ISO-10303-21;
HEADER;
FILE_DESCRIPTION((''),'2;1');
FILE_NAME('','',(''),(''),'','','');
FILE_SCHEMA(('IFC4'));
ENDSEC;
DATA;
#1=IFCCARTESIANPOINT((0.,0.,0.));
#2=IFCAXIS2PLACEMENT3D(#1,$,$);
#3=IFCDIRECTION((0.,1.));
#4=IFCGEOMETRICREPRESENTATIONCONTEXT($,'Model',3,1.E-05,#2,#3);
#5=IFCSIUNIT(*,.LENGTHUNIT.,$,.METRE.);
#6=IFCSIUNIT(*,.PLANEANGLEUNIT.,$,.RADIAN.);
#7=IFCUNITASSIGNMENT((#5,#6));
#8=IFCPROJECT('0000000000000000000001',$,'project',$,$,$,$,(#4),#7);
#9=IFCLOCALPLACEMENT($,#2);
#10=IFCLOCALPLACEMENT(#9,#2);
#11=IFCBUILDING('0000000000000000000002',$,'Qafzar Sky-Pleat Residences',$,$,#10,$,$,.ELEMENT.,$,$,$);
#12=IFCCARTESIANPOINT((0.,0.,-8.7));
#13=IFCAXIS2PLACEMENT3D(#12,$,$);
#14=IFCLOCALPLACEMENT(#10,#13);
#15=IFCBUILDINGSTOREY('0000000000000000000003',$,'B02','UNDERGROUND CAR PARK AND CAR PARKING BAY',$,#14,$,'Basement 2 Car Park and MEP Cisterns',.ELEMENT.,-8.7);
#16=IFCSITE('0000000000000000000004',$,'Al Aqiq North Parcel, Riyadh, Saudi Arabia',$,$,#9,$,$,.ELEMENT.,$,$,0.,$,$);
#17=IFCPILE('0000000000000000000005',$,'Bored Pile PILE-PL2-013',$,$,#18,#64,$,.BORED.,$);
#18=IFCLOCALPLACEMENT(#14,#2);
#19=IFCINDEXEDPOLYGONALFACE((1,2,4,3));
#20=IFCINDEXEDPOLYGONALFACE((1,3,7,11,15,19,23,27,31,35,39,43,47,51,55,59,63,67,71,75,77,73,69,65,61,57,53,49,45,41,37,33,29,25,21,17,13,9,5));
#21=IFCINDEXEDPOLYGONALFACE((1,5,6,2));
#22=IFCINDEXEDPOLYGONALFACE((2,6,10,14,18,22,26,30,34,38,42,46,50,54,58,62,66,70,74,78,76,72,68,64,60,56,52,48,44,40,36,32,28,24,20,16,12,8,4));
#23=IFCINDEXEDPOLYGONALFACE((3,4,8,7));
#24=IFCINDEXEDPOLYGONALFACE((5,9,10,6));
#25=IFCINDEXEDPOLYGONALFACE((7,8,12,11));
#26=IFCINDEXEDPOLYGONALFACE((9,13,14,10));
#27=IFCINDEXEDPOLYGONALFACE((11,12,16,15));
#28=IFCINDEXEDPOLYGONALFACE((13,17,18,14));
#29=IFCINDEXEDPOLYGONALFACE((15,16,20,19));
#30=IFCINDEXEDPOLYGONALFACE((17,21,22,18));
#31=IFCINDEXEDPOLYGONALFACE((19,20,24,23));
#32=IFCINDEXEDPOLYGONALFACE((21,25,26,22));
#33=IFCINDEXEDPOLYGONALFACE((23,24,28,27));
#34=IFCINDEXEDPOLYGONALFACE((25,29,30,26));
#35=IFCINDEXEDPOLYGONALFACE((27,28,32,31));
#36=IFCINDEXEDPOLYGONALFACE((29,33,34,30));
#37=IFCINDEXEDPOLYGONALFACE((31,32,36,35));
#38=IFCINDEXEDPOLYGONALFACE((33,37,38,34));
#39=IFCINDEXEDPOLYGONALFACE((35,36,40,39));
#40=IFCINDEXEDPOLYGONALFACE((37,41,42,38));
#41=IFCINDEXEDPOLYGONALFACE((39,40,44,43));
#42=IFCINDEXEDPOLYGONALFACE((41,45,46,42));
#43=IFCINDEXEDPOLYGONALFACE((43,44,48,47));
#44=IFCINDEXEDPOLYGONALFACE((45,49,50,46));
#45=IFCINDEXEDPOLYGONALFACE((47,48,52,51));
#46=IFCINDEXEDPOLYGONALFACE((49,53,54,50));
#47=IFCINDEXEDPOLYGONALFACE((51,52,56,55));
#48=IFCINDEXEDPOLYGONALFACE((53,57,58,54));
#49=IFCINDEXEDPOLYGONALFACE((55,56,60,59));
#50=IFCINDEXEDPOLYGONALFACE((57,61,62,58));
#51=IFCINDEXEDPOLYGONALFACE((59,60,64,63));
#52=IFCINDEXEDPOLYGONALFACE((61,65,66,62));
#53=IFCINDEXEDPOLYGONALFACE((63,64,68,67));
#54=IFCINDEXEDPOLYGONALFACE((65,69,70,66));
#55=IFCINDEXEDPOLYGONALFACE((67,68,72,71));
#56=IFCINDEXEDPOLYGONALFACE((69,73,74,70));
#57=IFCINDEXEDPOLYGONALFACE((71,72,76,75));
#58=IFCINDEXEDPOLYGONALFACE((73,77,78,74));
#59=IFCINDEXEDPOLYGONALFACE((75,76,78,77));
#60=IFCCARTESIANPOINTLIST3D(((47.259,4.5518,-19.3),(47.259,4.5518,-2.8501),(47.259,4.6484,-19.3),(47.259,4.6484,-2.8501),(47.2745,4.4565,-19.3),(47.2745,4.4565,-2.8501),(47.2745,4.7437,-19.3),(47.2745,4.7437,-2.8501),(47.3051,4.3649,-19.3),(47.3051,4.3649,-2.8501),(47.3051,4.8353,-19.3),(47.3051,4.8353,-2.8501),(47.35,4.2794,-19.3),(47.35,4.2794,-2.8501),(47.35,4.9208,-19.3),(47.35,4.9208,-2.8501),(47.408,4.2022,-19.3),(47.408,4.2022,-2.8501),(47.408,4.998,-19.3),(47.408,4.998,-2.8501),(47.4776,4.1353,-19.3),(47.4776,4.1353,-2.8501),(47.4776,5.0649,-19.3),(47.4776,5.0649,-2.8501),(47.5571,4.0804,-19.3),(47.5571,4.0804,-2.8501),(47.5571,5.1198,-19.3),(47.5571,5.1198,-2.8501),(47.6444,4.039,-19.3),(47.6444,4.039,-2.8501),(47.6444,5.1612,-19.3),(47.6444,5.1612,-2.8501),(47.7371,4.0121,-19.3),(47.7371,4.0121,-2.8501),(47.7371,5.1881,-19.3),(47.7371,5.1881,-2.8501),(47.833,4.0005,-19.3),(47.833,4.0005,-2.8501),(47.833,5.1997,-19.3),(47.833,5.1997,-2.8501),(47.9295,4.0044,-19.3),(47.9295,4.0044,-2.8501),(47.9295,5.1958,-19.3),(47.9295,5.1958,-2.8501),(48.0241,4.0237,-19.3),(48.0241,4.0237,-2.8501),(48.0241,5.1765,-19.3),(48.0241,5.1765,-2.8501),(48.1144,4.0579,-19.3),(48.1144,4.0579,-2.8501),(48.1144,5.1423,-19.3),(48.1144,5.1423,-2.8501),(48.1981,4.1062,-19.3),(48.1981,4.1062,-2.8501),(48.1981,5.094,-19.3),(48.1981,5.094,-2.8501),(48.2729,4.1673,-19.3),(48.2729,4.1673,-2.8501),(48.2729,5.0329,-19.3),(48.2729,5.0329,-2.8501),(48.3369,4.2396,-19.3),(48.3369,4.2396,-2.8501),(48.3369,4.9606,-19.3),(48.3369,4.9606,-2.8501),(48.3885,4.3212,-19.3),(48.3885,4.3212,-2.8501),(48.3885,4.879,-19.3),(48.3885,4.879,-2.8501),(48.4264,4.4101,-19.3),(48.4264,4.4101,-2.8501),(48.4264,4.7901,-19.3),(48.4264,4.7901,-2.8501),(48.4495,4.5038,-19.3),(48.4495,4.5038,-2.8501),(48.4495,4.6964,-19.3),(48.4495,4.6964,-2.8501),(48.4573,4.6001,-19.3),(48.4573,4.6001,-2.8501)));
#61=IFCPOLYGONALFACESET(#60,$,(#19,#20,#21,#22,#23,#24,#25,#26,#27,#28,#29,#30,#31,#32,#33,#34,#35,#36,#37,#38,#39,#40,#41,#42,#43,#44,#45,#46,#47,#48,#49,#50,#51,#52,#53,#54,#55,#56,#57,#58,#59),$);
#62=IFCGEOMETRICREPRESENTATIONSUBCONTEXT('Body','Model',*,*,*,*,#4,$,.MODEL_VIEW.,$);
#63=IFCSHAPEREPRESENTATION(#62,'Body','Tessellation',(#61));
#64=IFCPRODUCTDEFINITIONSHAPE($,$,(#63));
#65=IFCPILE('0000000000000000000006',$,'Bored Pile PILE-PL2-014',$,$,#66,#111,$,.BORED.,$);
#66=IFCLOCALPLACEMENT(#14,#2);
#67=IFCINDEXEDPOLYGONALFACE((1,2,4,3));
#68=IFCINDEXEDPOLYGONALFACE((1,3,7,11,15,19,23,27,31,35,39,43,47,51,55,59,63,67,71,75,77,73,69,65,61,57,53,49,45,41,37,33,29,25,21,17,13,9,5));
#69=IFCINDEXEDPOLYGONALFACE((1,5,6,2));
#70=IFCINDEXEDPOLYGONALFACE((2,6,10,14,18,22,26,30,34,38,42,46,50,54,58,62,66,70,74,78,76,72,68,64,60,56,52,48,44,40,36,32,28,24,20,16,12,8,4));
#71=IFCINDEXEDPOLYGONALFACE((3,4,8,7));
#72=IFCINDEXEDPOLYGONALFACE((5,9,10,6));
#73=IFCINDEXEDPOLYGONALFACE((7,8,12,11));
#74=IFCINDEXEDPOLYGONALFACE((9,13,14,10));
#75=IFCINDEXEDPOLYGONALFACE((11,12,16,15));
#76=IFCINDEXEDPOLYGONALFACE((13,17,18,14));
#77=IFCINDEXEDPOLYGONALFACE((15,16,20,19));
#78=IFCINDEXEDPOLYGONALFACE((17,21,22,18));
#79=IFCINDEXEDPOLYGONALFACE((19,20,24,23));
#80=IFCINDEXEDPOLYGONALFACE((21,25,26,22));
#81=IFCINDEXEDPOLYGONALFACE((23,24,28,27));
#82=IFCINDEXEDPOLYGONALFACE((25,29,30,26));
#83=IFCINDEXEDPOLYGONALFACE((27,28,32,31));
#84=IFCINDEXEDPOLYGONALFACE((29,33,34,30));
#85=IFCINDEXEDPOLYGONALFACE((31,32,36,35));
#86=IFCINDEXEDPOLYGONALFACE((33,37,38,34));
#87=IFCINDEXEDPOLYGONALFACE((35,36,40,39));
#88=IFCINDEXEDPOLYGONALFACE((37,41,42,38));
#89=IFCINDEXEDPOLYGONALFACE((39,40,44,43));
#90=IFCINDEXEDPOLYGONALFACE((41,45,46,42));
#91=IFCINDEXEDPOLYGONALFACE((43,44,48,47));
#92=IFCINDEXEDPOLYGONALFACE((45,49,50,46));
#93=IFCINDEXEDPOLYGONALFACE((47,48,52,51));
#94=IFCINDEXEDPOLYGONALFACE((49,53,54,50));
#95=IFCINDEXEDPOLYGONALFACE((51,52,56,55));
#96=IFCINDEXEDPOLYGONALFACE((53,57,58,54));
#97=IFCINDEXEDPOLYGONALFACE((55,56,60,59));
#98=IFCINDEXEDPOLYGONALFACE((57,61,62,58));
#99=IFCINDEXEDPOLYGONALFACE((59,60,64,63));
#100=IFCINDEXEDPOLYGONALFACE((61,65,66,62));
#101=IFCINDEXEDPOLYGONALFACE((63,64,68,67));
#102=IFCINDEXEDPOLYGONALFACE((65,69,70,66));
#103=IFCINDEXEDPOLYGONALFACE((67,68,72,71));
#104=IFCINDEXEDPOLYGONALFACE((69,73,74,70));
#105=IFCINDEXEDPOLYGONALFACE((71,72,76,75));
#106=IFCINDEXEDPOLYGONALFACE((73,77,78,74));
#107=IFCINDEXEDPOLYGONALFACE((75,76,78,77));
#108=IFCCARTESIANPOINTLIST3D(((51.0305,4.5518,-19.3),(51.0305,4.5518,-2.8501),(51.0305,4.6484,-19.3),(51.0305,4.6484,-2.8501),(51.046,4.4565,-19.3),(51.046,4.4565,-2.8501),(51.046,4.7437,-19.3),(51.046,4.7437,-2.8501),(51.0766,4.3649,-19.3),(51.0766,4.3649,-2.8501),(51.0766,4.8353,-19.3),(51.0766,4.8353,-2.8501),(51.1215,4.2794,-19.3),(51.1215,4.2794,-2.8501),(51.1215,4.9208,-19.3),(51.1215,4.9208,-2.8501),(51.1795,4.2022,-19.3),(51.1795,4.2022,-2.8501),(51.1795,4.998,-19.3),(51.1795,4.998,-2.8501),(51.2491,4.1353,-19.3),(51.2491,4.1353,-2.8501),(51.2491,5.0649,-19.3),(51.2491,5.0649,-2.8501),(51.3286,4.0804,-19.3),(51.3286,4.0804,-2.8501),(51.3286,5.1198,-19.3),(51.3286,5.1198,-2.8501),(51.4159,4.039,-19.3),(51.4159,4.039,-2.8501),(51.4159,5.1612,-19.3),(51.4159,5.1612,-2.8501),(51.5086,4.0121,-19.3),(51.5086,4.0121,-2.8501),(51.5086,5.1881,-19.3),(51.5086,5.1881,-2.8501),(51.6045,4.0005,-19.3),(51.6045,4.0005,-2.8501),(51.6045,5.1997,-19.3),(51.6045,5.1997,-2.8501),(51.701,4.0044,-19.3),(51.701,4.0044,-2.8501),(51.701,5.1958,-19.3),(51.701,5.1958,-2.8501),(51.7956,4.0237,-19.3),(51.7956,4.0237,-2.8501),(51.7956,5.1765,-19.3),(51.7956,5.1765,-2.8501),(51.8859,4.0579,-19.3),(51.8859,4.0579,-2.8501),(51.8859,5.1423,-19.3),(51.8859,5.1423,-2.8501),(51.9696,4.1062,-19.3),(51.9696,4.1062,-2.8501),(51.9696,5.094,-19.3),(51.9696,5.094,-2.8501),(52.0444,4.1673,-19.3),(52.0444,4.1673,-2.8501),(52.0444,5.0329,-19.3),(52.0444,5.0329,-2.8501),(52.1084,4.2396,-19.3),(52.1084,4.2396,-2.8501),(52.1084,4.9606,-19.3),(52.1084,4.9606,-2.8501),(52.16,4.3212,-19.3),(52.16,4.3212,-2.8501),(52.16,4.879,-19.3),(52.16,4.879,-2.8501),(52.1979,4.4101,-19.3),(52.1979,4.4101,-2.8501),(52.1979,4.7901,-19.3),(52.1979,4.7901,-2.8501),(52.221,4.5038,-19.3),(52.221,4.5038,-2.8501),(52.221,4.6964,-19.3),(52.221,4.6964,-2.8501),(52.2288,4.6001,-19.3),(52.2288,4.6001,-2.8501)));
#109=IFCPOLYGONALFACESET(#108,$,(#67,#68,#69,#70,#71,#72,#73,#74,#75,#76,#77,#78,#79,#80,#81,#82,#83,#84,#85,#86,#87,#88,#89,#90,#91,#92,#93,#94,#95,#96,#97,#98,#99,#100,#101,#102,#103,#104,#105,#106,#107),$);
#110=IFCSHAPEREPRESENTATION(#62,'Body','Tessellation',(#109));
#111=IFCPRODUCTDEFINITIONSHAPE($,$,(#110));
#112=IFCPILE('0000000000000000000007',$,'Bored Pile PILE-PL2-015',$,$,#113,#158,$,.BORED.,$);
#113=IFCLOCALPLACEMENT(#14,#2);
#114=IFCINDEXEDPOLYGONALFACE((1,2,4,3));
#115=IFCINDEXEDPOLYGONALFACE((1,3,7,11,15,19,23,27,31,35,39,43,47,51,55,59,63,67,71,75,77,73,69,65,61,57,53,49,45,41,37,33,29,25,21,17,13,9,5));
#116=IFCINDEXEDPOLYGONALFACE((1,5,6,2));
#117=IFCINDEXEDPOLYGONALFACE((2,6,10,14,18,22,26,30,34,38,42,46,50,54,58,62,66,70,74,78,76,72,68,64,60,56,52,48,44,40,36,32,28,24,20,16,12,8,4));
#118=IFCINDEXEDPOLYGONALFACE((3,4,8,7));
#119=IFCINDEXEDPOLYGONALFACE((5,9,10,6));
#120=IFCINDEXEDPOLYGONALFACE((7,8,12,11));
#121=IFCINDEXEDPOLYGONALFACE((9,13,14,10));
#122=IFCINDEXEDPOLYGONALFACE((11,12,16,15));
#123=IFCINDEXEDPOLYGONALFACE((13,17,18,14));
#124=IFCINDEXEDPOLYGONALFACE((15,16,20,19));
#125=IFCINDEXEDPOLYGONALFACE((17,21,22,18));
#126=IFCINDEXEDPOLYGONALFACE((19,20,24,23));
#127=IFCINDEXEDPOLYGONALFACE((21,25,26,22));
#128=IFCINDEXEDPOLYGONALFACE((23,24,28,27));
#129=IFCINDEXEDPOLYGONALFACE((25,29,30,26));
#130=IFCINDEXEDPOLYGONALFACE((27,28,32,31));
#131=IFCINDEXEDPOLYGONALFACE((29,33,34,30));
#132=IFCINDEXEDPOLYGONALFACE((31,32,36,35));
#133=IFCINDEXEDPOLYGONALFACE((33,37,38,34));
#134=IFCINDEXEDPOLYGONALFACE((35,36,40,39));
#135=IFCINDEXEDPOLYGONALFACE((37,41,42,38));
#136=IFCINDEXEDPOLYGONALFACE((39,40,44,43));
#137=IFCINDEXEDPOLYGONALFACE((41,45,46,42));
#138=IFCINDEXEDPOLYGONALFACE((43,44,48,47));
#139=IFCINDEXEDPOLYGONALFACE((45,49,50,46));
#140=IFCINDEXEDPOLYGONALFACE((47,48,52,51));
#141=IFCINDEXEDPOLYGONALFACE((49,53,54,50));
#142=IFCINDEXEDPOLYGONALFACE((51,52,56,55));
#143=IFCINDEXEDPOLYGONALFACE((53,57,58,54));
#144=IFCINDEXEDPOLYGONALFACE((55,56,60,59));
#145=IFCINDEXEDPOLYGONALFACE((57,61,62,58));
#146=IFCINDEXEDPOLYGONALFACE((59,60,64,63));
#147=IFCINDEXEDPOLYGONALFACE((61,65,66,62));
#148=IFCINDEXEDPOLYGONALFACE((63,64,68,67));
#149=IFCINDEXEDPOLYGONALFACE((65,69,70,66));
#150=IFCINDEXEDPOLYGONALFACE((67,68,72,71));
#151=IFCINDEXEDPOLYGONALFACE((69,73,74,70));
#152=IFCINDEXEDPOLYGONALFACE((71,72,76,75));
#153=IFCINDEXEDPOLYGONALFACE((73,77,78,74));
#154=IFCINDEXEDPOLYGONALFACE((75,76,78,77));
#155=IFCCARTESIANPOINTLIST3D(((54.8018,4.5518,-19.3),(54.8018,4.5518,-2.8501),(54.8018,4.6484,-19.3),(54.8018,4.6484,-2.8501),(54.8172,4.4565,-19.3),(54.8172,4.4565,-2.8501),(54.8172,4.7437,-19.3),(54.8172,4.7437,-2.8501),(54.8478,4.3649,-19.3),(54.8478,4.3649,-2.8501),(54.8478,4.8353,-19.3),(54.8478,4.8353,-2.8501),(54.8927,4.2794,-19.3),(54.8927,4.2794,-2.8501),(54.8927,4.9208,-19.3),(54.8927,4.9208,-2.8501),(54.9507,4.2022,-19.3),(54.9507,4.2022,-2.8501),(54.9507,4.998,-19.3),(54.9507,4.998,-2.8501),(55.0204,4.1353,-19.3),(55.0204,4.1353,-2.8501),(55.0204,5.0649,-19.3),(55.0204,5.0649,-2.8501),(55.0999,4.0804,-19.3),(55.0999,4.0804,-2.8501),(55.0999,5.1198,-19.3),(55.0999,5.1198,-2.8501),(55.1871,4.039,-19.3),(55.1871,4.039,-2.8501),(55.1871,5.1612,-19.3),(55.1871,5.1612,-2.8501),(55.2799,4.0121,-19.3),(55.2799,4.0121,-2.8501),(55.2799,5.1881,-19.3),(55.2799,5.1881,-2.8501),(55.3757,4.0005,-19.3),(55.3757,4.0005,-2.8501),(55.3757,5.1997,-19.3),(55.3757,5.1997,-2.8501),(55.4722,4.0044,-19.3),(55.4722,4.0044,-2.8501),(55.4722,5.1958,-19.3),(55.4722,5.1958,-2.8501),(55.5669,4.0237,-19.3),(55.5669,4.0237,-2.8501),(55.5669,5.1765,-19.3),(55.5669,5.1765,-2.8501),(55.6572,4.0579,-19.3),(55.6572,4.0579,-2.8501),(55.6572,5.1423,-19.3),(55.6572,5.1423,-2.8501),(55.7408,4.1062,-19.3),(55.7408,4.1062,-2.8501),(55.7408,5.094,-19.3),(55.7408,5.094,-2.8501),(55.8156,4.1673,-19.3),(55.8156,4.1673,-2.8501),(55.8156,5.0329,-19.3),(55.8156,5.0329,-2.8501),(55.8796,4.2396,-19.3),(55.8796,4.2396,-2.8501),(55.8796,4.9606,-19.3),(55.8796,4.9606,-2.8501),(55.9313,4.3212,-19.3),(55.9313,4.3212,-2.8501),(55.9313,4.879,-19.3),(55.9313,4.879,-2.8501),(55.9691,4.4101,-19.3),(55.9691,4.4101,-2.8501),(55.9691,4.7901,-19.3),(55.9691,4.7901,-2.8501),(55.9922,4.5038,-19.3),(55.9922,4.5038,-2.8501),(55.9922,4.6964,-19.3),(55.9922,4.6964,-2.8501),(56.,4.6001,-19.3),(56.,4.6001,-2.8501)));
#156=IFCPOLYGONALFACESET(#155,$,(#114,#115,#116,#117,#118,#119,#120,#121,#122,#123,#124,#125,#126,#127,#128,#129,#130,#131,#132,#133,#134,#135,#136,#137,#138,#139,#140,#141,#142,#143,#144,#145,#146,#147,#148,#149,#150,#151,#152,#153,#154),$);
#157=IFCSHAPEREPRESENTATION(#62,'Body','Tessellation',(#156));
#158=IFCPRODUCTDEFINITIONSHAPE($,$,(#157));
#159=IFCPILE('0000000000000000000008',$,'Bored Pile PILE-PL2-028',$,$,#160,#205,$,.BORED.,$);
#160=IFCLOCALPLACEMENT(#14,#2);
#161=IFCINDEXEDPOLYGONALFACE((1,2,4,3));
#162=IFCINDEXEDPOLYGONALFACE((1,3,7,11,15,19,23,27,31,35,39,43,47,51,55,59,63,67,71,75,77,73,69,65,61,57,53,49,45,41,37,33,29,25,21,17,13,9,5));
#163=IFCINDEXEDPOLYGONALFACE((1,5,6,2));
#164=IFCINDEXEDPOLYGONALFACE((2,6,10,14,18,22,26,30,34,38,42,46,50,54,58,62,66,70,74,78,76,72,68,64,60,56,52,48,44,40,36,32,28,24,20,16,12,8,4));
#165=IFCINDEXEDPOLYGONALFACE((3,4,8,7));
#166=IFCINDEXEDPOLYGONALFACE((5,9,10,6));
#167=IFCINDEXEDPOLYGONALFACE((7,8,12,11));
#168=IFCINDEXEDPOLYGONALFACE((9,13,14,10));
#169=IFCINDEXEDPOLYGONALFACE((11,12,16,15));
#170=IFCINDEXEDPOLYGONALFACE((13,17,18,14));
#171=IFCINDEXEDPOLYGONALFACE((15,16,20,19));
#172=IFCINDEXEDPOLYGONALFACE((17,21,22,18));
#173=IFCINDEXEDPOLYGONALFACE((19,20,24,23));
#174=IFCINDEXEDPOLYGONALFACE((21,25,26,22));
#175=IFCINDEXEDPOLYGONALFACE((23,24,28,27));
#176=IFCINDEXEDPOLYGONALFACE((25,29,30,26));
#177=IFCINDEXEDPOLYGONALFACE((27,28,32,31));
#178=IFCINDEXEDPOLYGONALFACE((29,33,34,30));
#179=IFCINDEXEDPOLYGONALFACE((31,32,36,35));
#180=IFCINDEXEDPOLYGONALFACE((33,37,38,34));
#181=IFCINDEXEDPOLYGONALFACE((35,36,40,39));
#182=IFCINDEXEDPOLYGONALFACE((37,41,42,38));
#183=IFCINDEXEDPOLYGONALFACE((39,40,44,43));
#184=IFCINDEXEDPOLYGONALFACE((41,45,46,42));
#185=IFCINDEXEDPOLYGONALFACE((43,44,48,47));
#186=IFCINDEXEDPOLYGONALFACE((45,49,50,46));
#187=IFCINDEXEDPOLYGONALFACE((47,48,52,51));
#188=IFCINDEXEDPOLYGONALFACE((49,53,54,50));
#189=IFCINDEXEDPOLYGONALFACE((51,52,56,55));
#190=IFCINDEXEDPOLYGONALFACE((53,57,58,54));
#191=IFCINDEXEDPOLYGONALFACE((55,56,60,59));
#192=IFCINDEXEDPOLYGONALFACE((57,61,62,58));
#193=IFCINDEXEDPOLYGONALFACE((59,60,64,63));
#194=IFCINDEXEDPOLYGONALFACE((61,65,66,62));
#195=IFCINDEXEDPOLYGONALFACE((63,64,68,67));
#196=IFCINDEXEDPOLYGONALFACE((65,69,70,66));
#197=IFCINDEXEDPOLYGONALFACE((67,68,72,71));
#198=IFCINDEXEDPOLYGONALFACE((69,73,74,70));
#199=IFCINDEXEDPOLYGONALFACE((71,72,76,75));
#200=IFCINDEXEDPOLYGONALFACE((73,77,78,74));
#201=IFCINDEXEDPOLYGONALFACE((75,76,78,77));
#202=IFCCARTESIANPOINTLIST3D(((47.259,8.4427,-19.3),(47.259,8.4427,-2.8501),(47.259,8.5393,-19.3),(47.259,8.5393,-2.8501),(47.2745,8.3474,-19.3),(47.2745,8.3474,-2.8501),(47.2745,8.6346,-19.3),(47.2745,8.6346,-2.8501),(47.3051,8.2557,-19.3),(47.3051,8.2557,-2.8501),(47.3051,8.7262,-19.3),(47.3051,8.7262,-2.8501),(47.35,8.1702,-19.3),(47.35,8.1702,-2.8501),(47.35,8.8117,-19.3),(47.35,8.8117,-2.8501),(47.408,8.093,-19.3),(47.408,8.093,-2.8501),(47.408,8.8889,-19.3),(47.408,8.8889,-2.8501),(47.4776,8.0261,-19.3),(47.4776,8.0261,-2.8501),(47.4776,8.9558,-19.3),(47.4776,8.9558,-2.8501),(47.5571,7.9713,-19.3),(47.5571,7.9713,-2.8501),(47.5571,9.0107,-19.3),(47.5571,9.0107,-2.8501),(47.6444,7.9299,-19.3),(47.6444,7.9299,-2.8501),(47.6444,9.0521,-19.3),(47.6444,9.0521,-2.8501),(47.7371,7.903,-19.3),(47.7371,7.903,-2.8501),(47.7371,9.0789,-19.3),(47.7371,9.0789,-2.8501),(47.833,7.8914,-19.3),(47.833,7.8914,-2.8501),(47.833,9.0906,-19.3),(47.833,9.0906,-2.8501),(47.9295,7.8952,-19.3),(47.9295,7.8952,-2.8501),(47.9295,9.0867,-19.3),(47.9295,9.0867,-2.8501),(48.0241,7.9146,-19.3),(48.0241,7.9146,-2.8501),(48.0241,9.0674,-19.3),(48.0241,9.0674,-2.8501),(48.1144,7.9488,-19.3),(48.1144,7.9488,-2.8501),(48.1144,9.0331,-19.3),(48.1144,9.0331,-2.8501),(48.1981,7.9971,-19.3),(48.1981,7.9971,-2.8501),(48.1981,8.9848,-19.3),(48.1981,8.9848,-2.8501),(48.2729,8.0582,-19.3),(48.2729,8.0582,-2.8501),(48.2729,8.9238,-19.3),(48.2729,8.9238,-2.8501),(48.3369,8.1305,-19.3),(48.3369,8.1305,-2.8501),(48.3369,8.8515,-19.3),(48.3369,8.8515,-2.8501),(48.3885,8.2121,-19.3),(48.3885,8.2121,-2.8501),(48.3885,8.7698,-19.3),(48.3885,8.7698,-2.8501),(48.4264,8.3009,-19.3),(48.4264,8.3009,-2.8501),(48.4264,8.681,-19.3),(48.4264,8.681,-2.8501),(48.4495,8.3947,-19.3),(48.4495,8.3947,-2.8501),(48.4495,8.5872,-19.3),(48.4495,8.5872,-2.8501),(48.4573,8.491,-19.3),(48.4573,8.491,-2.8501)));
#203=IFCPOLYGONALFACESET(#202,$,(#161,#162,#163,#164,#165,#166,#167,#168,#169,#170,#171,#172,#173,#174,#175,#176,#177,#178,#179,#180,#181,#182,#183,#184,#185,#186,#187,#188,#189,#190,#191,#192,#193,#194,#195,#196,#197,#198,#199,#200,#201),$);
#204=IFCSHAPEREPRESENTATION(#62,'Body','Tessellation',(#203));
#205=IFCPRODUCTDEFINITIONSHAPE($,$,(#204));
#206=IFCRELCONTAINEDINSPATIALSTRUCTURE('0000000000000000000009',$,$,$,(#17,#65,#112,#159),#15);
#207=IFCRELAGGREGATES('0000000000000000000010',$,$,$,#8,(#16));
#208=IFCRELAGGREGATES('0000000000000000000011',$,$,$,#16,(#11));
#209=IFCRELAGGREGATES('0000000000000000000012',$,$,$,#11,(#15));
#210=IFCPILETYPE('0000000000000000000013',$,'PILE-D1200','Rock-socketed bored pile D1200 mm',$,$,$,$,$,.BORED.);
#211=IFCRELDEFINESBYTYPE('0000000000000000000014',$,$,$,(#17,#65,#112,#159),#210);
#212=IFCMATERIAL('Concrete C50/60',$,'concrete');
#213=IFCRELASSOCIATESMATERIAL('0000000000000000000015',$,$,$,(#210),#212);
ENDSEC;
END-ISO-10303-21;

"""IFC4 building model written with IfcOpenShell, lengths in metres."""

from ifc_helpers import new_model, si_unit, direction, frame, origin, origin_2d, place, context, subcontext, project, spatial, circle, extrude, source, transform, mapped, material, material_profile, profile_set, type_object, element, save


model = new_model("IFC4")

# Units and contexts
model_context = context("Model", 3, precision=1e-05, world=origin(), true_north=direction((0.0, 1.0)))
body_context = subcontext(model_context, "Body", "Model", "MODEL_VIEW")
ifc_project = project(units=[si_unit("LENGTHUNIT", "METRE"), si_unit("PLANEANGLEUNIT", "RADIAN")], contexts=[model_context])

# Site, building, storey
site_placement = place(None, origin())
site = spatial("IfcSite", under=ifc_project, at=site_placement, Name="Al Aqiq North Parcel, Riyadh, Saudi Arabia", CompositionType="ELEMENT", RefElevation=0.0)
building_placement = place(site_placement, origin())
building = spatial("IfcBuilding", under=site, at=building_placement, Name="Qafzar Sky-Pleat Residences", CompositionType="ELEMENT")
storey_placement = place(building_placement, frame((0.0, 0.0, -8.7)))
storey = spatial("IfcBuildingStorey", under=building, at=storey_placement, Name="B02", Description="UNDERGROUND CAR PARK AND CAR PARKING BAY", LongName="Basement 2 Car Park and MEP Cisterns", CompositionType="ELEMENT", Elevation=-8.7)

# Piles
ifc_material_1 = material(Name="Concrete C50/60", Category="concrete")
ifc_material_profile_1 = material_profile(ifc_material_1, circle(Radius=0.6001, at=origin_2d()), Name="PILE D1200")
ifc_profile_set_1 = profile_set([ifc_material_profile_1], Name="Concrete C50/60")
pile_type = type_object("IfcPileType", Name="PILE-D1200", Description="Rock-socketed bored pile D1200 mm", PredefinedType="BORED", material=ifc_profile_set_1)
shared_shape_1 = source(origin(), body_context, "Body", "SweptSolid", [
    extrude(circle(Radius=0.6001, at=origin_2d()), origin(), (0.0, 0.0, 1.0), 16.45),
])
for number, where, z_axis, x_axis, name in (
    (1, (47.8572, 4.6001, -2.8501), (0.0, 0.0, -1.0), (1.0, 0.0, 0.0), "Bored Pile PILE-PL2-013"),
    (2, (51.6287, 4.6001, -2.8501), (0.0, 0.0, -1.0), (1.0, 0.0, 0.0), "Bored Pile PILE-PL2-014"),
    (3, (55.3999, 4.6001, -2.8501), (0.0, 0.0, -1.0), (1.0, 0.0, 0.0), "Bored Pile PILE-PL2-015"),
    (4, (47.8572, 8.491, -2.8501), (0.0, 0.0, -1.0), (1.0, 0.0, 0.0), "Bored Pile PILE-PL2-028"),
):
    element("IfcPile", number, at=place(storey_placement, frame(where, z_axis=z_axis, x_axis=x_axis)), inside=storey, type_object=pile_type, Name=name, PredefinedType="BORED", context=body_context, shape_type="MappedRepresentation", body=[
        mapped(shared_shape_1, transform((0.0, 0.0, 0.0), x_axis=(1.0, 0.0, 0.0), y_axis=(0.0, 1.0, 0.0), z_axis=(0.0, 0.0, 1.0), scale=1.0)),
    ])

save(model, "model.ifc")
